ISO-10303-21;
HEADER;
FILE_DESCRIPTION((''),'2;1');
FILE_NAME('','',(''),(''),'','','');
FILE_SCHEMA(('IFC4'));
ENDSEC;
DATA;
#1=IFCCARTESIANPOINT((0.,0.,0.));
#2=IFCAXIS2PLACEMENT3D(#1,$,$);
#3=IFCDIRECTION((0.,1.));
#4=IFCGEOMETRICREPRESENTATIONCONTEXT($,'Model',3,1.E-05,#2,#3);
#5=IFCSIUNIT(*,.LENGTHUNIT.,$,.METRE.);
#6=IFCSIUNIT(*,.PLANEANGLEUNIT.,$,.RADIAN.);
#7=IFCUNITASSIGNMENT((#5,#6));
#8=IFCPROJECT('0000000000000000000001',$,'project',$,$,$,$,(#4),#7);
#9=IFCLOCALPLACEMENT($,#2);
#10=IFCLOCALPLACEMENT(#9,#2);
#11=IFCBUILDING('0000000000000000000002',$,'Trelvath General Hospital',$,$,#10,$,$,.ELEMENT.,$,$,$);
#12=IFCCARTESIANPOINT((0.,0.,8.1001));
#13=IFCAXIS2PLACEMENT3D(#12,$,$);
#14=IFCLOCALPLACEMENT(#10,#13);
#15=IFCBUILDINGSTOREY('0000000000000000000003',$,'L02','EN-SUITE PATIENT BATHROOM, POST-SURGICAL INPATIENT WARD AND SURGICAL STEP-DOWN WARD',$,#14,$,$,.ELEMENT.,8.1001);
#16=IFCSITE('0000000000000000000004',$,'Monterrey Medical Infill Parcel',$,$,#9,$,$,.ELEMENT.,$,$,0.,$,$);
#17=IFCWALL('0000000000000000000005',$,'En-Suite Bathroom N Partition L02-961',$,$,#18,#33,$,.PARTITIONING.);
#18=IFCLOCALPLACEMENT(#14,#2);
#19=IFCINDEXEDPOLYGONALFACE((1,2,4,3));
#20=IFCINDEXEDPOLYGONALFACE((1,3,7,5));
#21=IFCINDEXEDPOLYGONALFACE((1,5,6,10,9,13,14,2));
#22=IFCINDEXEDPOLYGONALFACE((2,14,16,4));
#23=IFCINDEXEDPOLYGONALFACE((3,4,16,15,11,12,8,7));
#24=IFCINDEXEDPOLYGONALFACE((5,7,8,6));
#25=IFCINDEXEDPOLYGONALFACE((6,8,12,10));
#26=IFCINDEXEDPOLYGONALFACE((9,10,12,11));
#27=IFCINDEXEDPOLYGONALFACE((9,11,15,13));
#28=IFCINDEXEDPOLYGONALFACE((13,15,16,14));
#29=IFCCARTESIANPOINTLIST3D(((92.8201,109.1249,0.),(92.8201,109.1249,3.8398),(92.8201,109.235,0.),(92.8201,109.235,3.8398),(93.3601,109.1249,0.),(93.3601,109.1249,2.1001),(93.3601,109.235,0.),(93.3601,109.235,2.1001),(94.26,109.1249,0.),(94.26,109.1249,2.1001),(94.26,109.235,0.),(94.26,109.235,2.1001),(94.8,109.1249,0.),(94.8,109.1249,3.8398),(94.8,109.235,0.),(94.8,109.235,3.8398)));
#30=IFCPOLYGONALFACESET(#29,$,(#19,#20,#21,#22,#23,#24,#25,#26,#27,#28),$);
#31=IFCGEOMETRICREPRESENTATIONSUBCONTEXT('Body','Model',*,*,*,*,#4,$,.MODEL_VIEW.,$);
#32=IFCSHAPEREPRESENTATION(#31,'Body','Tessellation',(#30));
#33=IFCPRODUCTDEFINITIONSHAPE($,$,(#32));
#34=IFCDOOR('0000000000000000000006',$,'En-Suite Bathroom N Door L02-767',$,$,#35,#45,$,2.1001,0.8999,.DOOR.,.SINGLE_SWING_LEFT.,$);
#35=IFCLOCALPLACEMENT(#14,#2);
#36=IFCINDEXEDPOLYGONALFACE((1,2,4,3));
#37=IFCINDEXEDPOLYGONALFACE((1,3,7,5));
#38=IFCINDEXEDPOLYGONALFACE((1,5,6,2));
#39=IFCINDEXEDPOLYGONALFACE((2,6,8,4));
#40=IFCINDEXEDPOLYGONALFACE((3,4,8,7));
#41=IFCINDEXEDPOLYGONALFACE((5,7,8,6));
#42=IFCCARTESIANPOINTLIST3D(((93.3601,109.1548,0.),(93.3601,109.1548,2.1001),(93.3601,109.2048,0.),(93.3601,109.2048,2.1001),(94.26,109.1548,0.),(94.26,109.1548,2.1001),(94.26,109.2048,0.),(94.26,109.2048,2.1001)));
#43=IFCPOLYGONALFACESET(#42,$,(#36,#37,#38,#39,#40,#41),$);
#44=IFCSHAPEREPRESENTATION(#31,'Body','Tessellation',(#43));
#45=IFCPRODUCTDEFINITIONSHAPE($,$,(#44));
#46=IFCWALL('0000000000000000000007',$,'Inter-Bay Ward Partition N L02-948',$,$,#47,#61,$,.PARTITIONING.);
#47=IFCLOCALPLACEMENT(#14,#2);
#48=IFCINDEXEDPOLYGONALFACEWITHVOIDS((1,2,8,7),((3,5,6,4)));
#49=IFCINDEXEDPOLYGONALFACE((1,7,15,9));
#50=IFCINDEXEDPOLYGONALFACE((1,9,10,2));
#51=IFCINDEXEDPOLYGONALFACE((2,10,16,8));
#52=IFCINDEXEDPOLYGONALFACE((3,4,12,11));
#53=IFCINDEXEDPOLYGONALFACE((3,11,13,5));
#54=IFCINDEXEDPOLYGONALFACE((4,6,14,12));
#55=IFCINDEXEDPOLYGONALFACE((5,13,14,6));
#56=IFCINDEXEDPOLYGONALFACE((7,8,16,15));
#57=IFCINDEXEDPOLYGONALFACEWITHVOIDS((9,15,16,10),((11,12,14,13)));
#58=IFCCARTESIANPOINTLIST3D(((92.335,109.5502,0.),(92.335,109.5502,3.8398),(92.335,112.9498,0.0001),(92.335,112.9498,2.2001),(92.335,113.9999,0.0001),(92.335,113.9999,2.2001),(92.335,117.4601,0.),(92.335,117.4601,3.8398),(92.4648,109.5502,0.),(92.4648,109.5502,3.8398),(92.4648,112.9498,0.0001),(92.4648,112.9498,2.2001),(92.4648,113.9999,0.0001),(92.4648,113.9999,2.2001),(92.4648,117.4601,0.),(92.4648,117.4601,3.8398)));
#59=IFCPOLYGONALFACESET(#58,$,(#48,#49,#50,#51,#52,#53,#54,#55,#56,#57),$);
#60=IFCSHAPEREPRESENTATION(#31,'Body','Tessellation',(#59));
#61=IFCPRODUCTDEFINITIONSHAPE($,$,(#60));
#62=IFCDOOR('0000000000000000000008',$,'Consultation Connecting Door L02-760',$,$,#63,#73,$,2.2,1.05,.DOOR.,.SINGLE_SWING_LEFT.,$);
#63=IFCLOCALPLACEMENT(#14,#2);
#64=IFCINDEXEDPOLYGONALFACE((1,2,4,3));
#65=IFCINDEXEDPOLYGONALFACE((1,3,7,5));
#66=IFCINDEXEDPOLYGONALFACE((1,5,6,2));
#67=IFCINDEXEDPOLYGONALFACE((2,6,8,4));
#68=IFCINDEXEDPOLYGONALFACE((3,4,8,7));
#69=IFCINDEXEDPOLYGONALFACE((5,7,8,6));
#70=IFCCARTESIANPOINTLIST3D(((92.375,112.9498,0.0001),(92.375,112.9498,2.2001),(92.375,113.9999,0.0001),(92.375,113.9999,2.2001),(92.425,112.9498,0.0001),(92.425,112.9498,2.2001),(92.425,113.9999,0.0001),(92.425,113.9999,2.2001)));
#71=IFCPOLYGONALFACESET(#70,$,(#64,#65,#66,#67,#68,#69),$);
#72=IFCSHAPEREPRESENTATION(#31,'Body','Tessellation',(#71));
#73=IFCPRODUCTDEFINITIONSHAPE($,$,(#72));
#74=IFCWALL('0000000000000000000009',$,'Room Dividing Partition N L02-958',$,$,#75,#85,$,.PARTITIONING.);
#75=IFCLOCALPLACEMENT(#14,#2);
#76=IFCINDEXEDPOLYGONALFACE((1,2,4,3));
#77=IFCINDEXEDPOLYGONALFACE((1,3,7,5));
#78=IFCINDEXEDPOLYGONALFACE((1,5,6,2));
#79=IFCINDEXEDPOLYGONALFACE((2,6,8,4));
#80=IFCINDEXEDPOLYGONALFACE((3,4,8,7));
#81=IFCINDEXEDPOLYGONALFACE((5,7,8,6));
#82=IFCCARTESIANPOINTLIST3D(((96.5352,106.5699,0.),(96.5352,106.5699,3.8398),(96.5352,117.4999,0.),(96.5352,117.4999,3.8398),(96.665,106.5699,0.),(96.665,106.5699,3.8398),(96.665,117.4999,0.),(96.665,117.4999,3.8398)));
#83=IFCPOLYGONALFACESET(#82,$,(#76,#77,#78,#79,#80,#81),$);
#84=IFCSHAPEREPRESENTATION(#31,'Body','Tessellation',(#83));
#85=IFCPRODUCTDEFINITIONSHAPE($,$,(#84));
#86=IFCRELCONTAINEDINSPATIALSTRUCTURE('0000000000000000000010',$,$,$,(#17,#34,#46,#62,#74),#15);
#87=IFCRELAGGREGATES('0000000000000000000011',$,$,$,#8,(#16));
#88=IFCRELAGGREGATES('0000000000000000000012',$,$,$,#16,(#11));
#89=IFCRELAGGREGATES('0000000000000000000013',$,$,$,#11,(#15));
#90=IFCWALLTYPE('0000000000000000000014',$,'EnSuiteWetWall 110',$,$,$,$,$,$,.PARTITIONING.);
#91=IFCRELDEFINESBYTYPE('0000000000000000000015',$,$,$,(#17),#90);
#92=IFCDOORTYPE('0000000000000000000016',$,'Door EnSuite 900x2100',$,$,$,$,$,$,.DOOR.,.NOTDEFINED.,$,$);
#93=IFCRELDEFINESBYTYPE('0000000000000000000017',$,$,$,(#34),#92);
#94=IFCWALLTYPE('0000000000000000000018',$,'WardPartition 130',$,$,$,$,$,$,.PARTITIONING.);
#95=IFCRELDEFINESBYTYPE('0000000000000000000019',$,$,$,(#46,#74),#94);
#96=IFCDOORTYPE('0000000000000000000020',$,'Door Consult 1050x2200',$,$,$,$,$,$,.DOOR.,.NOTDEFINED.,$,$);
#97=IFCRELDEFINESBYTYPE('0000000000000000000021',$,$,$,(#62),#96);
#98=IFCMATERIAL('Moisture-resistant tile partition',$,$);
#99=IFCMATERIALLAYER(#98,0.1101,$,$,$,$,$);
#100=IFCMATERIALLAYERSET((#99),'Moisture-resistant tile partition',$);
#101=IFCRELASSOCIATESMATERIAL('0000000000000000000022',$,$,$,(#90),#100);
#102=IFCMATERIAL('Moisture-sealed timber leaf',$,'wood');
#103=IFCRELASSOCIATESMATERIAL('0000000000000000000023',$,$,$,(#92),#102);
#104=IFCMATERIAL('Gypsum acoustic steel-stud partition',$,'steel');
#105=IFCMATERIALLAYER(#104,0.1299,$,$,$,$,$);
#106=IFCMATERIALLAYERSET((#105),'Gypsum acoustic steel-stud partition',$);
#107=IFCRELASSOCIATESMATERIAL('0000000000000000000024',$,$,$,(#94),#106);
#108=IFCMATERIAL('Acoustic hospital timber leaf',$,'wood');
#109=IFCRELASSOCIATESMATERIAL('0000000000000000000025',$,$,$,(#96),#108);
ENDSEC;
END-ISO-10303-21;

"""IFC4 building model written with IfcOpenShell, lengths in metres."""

from ifc_helpers import new_model, si_unit, direction, frame, frame_2d, origin, place, context, subcontext, project, spatial, rectangle, extrude, material, layer, layer_set, type_object, element, fill, save


model = new_model("IFC4")

# Units and contexts
model_context = context("Model", 3, precision=1e-05, world=origin(), true_north=direction((0.0, 1.0)))
body_context = subcontext(model_context, "Body", "Model", "MODEL_VIEW")
ifc_project = project(units=[si_unit("LENGTHUNIT", "METRE"), si_unit("PLANEANGLEUNIT", "RADIAN")], contexts=[model_context])

# Site, building, storey
site_placement = place(None, origin())
site = spatial("IfcSite", under=ifc_project, at=site_placement, Name="Monterrey Medical Infill Parcel", CompositionType="ELEMENT", RefElevation=0.0)
building_placement = place(site_placement, origin())
building = spatial("IfcBuilding", under=site, at=building_placement, Name="Trelvath General Hospital", CompositionType="ELEMENT")
storey_placement = place(building_placement, frame((0.0, 0.0, 8.1001)))
storey = spatial("IfcBuildingStorey", under=building, at=storey_placement, Name="L02", Description="EN-SUITE PATIENT BATHROOM, POST-SURGICAL INPATIENT WARD AND SURGICAL STEP-DOWN WARD", CompositionType="ELEMENT", Elevation=8.1001)

# Shared definitions
ifc_material_1 = material(Name="Moisture-resistant tile partition")
ifc_layer_1 = layer(ifc_material_1, 0.1101)
ifc_layer_set_1 = layer_set([ifc_layer_1], Name="Moisture-resistant tile partition")
wall_type_1 = type_object("IfcWallType", Name="EnSuiteWetWall 110", PredefinedType="PARTITIONING", material=ifc_layer_set_1)

# Walls, openings, doors
wall_1_placement = place(storey_placement, frame((92.8201, 109.1799, 0.0), z_axis=(0.0, 0.0, 1.0), x_axis=(1.0, 0.0, 0.0)))
wall_1 = element("IfcWall", 1, at=wall_1_placement, inside=storey, type_object=wall_type_1, Name="En-Suite Bathroom N Partition L02-961", PredefinedType="PARTITIONING", context=body_context, shape_type="SweptSolid", body=[
    extrude(rectangle(XDim=1.98, YDim=0.1101, at=frame_2d((0.99, 0.0))), origin(), (0.0, 0.0, 1.0), 3.8398),
])
opening_1_placement = place(wall_1_placement, frame((0.54, 0.0, 0.0)))
opening_1 = element("IfcOpeningElement", 2, at=opening_1_placement, cuts=wall_1, PredefinedType="OPENING", context=body_context, shape_type="SweptSolid", body=[
    extrude(rectangle(XDim=0.8999, YDim=2.1001, at=frame_2d((0.45, 1.05))), frame((0.0, 0.0649, 0.0), z_axis=(0.0, -1.0, 0.0), x_axis=(1.0, 0.0, 0.0)), (0.0, 0.0, 1.0), 0.1301),
])
ifc_material_2 = material(Name="Moisture-sealed timber leaf", Category="wood")
door_type_1 = type_object("IfcDoorType", Name="Door EnSuite 900x2100", OperationType="NOTDEFINED", PredefinedType="DOOR", material=ifc_material_2)
door_1_placement = place(opening_1_placement, origin())
door_1 = element("IfcDoor", 3, at=door_1_placement, inside=storey, type_object=door_type_1, Name="En-Suite Bathroom N Door L02-767", OperationType="SINGLE_SWING_LEFT", OverallHeight=2.1001, OverallWidth=0.8999, PredefinedType="DOOR", context=body_context, shape_type="SweptSolid", body=[
    extrude(rectangle(XDim=0.8999, YDim=2.1001, at=frame_2d((0.45, 1.05))), frame((0.0, 0.0249, 0.0), z_axis=(0.0, -1.0, 0.0), x_axis=(1.0, 0.0, 0.0)), (0.0, 0.0, 1.0), 0.05),
])
fill(opening_1, door_1)
ifc_material_3 = material(Name="Gypsum acoustic steel-stud partition", Category="steel")
ifc_layer_2 = layer(ifc_material_3, 0.1299)
ifc_layer_set_2 = layer_set([ifc_layer_2], Name="Gypsum acoustic steel-stud partition")
wall_type_2 = type_object("IfcWallType", Name="WardPartition 130", PredefinedType="PARTITIONING", material=ifc_layer_set_2)
wall_2_placement = place(storey_placement, frame((92.3999, 109.55, 0.0), z_axis=(0.0, 0.0, 1.0), x_axis=(0.0, 1.0, 0.0)))
wall_2 = element("IfcWall", 4, at=wall_2_placement, inside=storey, type_object=wall_type_2, Name="Inter-Bay Ward Partition N L02-948", PredefinedType="PARTITIONING", context=body_context, shape_type="SweptSolid", body=[
    extrude(rectangle(XDim=7.9099, YDim=0.1299, at=frame_2d((3.9551, 0.0))), origin(), (0.0, 0.0, 1.0), 3.8398),
])
opening_2_placement = place(wall_2_placement, frame((3.3999, 0.0, 0.0)))
opening_2 = element("IfcOpeningElement", 5, at=opening_2_placement, cuts=wall_2, PredefinedType="OPENING", context=body_context, shape_type="SweptSolid", body=[
    extrude(rectangle(XDim=1.05, YDim=2.2, at=frame_2d((0.5249, 1.1001))), frame((0.0, 0.075, 0.0), z_axis=(0.0, -1.0, 0.0), x_axis=(1.0, 0.0, 0.0)), (0.0, 0.0, 1.0), 0.1499),
])
ifc_material_4 = material(Name="Acoustic hospital timber leaf", Category="wood")
door_type_2 = type_object("IfcDoorType", Name="Door Consult 1050x2200", OperationType="NOTDEFINED", PredefinedType="DOOR", material=ifc_material_4)
door_2_placement = place(opening_2_placement, origin())
door_2 = element("IfcDoor", 6, at=door_2_placement, inside=storey, type_object=door_type_2, Name="Consultation Connecting Door L02-760", OperationType="SINGLE_SWING_LEFT", OverallHeight=2.2, OverallWidth=1.05, PredefinedType="DOOR", context=body_context, shape_type="SweptSolid", body=[
    extrude(rectangle(XDim=1.05, YDim=2.2, at=frame_2d((0.5249, 1.1001))), frame((0.0, 0.0249, 0.0), z_axis=(0.0, -1.0, 0.0), x_axis=(1.0, 0.0, 0.0)), (0.0, 0.0, 1.0), 0.05),
])
fill(opening_2, door_2)

# Wall
wall_3_placement = place(storey_placement, frame((96.6001, 106.5701, 0.0), z_axis=(0.0, 0.0, 1.0), x_axis=(0.0, 1.0, 0.0)))
element("IfcWall", 7, at=wall_3_placement, inside=storey, type_object=wall_type_2, Name="Room Dividing Partition N L02-958", PredefinedType="PARTITIONING", context=body_context, shape_type="SweptSolid", body=[
    extrude(rectangle(XDim=10.9299, YDim=0.1299, at=frame_2d((5.4648, 0.0))), origin(), (0.0, 0.0, 1.0), 3.8398),
])

save(model, "model.ifc")
